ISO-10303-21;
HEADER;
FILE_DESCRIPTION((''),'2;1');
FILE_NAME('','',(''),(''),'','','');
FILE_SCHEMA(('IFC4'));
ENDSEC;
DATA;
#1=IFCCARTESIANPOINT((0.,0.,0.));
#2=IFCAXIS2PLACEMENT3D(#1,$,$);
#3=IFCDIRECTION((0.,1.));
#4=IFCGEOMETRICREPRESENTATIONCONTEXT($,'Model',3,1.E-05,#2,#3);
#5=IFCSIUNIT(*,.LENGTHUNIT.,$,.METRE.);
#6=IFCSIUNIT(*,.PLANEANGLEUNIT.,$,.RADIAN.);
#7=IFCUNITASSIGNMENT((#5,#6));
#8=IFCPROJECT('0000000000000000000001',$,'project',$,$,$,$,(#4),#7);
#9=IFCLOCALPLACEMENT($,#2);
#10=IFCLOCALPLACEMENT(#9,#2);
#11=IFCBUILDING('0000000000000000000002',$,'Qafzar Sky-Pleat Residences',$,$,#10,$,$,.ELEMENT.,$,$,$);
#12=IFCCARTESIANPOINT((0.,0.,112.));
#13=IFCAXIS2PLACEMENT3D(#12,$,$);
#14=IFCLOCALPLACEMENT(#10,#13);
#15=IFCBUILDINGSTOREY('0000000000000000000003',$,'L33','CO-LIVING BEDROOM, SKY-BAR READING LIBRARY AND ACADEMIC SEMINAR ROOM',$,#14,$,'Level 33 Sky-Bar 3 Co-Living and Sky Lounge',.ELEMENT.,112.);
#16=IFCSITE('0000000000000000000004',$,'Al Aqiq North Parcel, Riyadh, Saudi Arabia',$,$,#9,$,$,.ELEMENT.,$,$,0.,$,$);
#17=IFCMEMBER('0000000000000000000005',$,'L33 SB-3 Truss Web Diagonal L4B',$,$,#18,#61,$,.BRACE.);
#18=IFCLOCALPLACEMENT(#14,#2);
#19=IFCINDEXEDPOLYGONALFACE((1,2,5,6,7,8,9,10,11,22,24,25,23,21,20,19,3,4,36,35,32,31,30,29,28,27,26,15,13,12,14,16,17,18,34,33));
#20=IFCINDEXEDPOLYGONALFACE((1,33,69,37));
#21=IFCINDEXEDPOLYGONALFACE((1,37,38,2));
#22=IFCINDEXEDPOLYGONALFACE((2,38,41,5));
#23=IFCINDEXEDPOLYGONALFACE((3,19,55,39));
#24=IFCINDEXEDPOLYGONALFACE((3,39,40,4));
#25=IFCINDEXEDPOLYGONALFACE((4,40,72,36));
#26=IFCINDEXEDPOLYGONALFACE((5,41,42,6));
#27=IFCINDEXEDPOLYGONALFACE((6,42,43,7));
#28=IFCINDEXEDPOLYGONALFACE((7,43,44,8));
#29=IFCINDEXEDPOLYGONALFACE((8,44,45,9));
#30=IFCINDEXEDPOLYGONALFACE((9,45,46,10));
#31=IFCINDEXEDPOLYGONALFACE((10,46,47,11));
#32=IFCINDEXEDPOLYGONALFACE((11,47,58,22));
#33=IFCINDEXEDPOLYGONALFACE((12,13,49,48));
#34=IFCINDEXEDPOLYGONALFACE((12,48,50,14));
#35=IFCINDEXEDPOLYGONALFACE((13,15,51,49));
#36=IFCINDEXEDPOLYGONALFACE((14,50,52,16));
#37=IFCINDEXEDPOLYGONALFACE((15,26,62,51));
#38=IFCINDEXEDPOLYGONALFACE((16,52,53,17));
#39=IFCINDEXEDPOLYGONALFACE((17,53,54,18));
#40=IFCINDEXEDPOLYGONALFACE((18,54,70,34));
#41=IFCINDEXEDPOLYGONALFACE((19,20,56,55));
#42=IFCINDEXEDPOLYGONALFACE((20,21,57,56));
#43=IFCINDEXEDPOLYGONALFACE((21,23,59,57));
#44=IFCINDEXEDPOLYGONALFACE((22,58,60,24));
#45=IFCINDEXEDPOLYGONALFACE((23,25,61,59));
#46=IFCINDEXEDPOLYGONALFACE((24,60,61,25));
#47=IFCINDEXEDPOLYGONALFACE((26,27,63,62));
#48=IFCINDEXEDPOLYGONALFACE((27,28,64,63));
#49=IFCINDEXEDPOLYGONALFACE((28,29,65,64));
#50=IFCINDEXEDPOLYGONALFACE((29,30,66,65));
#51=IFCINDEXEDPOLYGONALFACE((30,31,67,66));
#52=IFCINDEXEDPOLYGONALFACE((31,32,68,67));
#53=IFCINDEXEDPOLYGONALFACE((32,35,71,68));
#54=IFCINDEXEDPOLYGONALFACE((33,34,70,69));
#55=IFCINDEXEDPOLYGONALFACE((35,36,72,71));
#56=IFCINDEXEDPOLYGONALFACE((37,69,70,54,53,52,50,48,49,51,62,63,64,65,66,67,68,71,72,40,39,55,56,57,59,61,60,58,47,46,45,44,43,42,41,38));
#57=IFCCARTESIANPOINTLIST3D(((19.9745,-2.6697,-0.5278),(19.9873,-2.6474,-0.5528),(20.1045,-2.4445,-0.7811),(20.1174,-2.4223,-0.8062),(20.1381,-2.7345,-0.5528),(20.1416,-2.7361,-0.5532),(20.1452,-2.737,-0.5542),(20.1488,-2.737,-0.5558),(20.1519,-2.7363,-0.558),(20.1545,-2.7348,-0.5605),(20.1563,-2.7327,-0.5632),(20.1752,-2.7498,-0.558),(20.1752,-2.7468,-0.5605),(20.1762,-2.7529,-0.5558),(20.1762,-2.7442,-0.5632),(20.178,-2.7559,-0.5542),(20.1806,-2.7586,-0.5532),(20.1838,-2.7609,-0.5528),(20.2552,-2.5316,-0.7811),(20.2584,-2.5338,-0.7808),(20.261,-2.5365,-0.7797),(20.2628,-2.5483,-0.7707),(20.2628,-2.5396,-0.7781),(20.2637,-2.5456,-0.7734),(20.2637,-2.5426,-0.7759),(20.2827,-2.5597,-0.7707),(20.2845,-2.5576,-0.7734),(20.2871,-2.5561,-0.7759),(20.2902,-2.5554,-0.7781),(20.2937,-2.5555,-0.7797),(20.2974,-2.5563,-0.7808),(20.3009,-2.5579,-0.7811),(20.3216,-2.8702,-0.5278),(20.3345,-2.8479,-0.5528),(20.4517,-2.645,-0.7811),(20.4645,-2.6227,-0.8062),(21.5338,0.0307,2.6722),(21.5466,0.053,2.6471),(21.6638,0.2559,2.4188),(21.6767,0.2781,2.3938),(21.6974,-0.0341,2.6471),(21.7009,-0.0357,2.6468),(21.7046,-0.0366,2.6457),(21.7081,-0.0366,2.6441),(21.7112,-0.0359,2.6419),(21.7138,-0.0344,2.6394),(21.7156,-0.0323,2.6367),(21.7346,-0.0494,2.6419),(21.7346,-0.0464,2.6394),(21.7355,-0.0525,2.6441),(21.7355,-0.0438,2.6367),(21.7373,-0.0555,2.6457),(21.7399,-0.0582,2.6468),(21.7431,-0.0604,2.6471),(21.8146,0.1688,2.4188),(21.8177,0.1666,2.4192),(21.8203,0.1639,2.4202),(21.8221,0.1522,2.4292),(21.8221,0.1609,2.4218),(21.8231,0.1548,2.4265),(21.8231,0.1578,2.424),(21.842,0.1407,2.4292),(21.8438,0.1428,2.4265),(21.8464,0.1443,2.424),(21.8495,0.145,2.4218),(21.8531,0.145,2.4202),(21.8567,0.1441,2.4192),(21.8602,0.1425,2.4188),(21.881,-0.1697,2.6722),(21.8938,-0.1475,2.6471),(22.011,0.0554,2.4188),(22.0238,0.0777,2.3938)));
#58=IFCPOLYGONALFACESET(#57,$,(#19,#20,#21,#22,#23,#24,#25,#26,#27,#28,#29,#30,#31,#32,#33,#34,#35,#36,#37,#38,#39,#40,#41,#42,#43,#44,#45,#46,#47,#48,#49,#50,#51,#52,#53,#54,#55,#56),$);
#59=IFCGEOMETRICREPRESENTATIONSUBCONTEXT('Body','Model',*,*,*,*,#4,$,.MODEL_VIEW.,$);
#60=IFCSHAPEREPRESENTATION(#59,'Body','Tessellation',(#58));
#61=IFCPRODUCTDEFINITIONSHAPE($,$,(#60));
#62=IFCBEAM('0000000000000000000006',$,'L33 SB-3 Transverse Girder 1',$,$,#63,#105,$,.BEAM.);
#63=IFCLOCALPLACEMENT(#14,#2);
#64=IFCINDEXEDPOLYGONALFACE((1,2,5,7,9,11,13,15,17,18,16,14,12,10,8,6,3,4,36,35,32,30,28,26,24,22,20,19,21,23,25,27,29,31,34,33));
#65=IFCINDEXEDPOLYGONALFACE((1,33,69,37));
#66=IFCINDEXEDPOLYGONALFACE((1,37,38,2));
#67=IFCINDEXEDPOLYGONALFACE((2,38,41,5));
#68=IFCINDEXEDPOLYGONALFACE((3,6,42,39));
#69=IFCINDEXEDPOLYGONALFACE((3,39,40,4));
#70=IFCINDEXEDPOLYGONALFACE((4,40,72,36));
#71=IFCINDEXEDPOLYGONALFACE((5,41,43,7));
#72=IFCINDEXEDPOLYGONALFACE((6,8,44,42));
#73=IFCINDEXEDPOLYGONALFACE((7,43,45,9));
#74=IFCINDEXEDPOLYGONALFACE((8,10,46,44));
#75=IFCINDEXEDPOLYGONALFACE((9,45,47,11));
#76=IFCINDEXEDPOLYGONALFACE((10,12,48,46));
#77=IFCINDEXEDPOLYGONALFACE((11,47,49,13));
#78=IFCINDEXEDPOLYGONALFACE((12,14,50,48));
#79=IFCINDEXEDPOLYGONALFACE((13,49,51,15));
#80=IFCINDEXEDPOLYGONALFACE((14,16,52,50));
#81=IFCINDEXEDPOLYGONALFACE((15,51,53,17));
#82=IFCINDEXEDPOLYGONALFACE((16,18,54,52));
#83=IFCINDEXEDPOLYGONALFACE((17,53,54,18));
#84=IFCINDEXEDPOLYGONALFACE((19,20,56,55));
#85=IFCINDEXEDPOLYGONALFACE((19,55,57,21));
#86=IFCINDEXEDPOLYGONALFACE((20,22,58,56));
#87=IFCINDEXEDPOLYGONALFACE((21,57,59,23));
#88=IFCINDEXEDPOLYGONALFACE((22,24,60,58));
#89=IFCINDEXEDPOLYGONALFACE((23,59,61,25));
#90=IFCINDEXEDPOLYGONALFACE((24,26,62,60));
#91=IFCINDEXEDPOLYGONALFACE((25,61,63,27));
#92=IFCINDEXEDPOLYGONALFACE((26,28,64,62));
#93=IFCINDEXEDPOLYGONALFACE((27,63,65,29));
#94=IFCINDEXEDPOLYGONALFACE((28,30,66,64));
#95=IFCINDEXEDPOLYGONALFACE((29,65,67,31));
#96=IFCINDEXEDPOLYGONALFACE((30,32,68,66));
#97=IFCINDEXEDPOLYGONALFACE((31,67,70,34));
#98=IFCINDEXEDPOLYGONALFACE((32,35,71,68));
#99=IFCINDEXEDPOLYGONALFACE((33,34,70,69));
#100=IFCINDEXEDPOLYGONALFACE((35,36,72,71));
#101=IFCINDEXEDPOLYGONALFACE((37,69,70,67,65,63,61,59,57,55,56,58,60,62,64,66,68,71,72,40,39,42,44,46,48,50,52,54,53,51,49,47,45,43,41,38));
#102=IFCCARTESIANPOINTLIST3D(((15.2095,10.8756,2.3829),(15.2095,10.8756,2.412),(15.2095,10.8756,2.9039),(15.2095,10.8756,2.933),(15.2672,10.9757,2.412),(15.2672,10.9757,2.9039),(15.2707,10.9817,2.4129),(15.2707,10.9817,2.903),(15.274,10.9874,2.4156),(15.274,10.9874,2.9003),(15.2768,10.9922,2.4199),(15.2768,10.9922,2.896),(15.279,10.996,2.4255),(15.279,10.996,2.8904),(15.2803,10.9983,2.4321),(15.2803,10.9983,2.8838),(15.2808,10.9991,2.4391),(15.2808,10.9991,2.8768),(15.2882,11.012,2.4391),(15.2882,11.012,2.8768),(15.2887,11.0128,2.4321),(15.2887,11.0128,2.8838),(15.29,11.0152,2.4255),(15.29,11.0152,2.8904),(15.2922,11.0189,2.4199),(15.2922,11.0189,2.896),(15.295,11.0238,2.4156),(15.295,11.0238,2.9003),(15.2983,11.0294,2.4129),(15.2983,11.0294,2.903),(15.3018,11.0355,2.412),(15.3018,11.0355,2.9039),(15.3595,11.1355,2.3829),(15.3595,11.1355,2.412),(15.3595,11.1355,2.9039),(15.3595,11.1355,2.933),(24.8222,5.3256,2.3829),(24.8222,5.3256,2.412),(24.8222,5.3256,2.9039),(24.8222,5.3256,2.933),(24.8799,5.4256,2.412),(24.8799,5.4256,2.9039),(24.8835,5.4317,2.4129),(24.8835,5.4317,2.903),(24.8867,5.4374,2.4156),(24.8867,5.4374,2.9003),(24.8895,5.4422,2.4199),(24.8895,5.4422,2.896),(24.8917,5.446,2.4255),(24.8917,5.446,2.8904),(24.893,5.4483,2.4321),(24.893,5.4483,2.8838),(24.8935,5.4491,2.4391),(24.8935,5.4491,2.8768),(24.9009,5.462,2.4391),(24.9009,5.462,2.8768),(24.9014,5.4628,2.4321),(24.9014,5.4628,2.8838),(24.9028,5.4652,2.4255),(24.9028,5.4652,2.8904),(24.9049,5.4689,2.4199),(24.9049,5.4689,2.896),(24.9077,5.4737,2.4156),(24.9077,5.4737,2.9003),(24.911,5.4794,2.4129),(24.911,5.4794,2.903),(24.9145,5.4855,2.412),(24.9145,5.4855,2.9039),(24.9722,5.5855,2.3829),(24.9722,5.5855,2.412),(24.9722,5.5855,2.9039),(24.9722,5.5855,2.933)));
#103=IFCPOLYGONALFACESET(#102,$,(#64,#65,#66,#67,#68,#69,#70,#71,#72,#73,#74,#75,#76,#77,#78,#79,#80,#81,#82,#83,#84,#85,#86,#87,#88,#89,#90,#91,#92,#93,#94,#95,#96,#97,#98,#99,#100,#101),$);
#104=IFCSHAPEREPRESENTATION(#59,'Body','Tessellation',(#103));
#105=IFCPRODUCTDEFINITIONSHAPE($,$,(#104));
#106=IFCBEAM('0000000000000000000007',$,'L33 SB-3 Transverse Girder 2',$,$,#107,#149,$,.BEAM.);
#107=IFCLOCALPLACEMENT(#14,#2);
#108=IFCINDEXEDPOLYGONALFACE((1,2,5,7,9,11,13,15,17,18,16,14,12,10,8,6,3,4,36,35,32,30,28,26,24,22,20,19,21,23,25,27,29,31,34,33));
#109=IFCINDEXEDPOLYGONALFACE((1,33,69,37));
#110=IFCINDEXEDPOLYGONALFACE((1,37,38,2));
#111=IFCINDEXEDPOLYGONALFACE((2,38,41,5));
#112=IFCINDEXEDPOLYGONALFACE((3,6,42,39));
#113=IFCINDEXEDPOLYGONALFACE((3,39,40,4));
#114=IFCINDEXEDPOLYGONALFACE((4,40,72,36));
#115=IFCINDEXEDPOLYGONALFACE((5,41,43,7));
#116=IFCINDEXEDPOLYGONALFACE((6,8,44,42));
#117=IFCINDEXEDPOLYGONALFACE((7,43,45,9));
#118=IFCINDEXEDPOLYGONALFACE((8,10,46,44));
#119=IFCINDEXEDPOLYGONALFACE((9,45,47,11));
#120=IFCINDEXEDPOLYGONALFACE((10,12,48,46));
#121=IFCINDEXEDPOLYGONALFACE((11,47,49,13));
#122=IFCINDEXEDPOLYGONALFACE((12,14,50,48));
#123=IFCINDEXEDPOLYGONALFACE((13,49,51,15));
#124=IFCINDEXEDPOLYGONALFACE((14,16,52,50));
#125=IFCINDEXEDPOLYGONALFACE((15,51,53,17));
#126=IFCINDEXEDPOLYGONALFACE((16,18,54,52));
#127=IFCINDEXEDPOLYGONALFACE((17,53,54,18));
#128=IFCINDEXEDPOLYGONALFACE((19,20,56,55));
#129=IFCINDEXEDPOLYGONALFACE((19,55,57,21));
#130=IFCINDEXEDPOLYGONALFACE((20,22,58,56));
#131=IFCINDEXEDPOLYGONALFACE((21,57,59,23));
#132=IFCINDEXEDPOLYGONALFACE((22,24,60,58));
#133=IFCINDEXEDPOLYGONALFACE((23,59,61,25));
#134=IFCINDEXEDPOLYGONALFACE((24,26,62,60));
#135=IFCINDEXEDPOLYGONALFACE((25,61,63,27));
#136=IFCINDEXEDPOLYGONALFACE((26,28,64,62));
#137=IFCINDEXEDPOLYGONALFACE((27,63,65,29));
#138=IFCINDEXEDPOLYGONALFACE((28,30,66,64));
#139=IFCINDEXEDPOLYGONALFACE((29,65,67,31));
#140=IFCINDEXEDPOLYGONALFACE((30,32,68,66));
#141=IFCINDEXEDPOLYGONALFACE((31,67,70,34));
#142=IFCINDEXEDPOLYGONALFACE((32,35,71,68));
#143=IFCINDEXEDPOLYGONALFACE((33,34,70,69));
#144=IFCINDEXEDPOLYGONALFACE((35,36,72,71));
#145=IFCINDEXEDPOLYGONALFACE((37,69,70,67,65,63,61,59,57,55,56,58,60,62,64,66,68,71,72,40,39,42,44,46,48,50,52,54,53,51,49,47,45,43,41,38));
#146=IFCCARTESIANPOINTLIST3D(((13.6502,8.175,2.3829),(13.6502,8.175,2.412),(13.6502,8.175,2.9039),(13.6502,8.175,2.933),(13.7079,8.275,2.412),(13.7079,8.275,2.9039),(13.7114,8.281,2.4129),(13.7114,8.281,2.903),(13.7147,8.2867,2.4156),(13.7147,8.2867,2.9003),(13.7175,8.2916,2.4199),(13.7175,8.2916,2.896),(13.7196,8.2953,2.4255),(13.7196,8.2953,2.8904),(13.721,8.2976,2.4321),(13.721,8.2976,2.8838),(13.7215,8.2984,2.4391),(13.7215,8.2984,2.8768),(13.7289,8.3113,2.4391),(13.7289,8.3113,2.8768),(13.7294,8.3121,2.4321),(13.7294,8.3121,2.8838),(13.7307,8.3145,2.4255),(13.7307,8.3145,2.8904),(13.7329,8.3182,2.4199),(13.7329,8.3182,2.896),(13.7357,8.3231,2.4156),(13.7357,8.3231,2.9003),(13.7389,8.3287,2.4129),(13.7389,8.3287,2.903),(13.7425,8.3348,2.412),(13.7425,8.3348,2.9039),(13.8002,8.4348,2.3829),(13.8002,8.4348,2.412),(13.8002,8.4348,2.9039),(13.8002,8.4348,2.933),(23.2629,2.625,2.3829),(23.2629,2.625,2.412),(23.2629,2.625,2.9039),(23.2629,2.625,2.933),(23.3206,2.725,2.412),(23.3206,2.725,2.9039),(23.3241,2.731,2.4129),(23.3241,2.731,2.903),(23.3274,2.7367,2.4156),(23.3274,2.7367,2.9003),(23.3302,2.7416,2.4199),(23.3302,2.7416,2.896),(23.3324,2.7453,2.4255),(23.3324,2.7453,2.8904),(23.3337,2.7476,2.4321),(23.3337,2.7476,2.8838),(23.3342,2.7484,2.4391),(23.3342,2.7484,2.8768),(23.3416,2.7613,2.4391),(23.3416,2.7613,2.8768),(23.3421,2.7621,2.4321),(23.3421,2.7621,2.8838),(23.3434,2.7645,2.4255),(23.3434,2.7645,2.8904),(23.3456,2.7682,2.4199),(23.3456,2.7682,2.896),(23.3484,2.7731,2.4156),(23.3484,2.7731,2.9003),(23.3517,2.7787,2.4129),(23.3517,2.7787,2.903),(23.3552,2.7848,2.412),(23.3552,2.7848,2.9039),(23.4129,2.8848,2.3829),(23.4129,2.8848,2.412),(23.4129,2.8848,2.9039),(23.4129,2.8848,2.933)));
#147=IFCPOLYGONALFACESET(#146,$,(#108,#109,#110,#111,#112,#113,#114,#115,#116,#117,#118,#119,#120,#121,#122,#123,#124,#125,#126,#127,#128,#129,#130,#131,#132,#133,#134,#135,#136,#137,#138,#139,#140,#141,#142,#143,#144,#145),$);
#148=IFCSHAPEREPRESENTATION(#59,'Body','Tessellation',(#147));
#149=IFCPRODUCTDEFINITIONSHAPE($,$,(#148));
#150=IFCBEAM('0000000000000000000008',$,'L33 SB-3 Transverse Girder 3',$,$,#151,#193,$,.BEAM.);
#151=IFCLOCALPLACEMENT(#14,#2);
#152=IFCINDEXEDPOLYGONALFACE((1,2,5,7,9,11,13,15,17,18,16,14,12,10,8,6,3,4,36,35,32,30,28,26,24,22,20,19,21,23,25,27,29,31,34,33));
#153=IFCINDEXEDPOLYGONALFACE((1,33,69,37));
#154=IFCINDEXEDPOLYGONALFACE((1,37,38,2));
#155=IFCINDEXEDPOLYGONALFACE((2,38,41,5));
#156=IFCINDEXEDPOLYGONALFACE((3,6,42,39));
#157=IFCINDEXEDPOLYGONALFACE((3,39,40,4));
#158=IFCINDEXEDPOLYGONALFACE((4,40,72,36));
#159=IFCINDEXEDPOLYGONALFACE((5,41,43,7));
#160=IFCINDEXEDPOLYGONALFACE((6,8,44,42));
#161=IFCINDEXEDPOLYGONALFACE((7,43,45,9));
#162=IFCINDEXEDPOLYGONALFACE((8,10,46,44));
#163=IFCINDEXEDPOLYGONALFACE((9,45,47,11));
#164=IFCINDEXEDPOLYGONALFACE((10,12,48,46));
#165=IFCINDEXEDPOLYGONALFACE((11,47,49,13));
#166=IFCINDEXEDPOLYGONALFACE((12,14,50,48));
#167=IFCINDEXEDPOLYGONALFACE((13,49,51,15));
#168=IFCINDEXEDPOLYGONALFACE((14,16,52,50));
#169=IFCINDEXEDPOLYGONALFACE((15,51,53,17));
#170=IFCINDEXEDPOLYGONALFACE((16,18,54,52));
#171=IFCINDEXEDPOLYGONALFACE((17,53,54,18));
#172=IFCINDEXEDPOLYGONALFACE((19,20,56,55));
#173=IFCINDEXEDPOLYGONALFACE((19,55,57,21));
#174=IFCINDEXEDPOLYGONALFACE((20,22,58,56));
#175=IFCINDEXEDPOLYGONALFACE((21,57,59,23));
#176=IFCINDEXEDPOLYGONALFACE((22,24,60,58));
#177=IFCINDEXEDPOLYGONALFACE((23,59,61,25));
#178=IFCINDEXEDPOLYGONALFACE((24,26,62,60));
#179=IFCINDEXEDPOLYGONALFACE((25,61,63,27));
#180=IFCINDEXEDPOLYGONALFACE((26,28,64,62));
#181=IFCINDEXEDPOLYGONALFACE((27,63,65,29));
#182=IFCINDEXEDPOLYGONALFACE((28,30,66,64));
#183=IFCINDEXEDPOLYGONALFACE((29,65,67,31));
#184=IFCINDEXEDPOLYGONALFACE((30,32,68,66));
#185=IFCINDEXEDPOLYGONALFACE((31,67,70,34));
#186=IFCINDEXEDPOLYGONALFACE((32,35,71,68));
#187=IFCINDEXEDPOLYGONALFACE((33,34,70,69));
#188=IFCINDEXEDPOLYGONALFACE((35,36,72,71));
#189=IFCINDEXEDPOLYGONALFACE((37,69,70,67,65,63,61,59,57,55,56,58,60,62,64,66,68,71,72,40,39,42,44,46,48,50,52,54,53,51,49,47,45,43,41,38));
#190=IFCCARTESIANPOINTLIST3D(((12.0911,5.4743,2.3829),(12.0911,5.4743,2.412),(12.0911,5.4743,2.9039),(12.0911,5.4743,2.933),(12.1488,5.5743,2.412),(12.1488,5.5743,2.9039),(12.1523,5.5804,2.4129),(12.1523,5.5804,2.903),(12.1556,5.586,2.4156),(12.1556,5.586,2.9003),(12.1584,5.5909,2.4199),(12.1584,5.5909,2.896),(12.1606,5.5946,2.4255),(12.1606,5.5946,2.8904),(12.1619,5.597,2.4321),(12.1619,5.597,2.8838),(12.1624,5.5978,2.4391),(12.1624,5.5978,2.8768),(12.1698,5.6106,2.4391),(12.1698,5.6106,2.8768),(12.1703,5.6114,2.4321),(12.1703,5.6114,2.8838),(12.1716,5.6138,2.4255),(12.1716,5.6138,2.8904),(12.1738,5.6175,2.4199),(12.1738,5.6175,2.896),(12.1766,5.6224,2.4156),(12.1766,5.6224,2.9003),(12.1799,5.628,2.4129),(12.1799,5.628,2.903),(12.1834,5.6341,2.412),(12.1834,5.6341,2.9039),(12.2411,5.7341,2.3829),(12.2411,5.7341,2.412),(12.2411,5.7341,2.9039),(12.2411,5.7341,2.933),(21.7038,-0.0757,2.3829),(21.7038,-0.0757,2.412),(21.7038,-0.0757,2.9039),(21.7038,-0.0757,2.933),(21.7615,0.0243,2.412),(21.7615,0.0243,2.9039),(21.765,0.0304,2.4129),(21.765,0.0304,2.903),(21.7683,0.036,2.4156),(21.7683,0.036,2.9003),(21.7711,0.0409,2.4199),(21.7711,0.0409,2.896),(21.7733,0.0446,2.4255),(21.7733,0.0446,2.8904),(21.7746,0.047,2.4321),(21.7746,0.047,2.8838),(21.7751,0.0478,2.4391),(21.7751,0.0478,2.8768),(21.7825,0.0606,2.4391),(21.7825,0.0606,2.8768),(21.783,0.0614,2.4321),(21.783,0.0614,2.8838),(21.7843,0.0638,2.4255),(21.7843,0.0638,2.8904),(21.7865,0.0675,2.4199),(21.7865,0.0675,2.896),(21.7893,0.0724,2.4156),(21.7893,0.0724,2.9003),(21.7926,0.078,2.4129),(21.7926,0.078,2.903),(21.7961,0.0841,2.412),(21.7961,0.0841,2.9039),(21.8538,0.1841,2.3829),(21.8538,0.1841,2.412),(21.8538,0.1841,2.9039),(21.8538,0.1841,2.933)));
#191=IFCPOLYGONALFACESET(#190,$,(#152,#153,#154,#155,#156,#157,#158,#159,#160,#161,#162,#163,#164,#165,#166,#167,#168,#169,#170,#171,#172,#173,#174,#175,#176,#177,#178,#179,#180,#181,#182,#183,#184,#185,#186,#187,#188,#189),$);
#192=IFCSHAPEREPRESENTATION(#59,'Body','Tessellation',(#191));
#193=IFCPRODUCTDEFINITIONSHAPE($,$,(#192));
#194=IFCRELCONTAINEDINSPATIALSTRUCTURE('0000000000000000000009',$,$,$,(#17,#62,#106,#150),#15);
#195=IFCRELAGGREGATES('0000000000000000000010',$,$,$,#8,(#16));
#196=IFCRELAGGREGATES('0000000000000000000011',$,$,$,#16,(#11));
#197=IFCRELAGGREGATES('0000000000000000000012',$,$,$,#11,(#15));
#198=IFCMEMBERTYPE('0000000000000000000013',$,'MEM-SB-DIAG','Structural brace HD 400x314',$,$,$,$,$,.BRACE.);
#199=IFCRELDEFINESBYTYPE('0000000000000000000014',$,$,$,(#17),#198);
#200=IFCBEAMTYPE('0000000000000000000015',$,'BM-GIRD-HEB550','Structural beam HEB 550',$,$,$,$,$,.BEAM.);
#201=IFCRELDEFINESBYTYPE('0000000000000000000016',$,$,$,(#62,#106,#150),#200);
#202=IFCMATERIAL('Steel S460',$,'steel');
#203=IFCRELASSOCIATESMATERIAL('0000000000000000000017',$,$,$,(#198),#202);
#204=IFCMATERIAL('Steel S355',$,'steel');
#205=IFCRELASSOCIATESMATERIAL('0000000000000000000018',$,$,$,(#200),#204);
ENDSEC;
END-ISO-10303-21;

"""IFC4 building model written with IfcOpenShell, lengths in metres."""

from ifc_helpers import new_model, si_unit, direction, frame, origin, origin_2d, place, context, subcontext, project, spatial, i_section, extrude, source, transform, mapped, material, material_profile, profile_set, type_object, element, save


model = new_model("IFC4")

# Units and contexts
model_context = context("Model", 3, precision=1e-05, world=origin(), true_north=direction((0.0, 1.0)))
body_context = subcontext(model_context, "Body", "Model", "MODEL_VIEW")
ifc_project = project(units=[si_unit("LENGTHUNIT", "METRE"), si_unit("PLANEANGLEUNIT", "RADIAN")], contexts=[model_context])

# Site, building, storey
site_placement = place(None, origin())
site = spatial("IfcSite", under=ifc_project, at=site_placement, Name="Al Aqiq North Parcel, Riyadh, Saudi Arabia", CompositionType="ELEMENT", RefElevation=0.0)
building_placement = place(site_placement, origin())
building = spatial("IfcBuilding", under=site, at=building_placement, Name="Qafzar Sky-Pleat Residences", CompositionType="ELEMENT")
storey_placement = place(building_placement, frame((0.0, 0.0, 112.0)))
storey = spatial("IfcBuildingStorey", under=building, at=storey_placement, Name="L33", Description="CO-LIVING BEDROOM, SKY-BAR READING LIBRARY AND ACADEMIC SEMINAR ROOM", LongName="Level 33 Sky-Bar 3 Co-Living and Sky Lounge", CompositionType="ELEMENT", Elevation=112.0)

# Shared definitions
ifc_material_1 = material(Name="Steel S460", Category="steel")

# Shared definitions
ifc_material_2 = material(Name="Steel S355", Category="steel")

# Member
ifc_material_profile_1 = material_profile(ifc_material_1, i_section(OverallWidth=0.4009, OverallDepth=0.3989, WebThickness=0.0229, FlangeThickness=0.0359, FilletRadius=0.0149, at=origin_2d()), Name="HD 400x314")
ifc_profile_set_1 = profile_set([ifc_material_profile_1], Name="Steel S460")
member_type = type_object("IfcMemberType", Name="MEM-SB-DIAG", Description="Structural brace HD 400x314", PredefinedType="BRACE", material=ifc_profile_set_1)
shared_shape_1 = source(origin(), body_context, "Body", "SweptSolid", [
    extrude(i_section(OverallWidth=0.4009, OverallDepth=0.3989, WebThickness=0.0229, FlangeThickness=0.0359, FilletRadius=0.0149, at=origin_2d()), origin(), (0.0, 0.0, 1.0), 4.468),
])
for number, where, z_axis, x_axis, name in (
    (1, (21.7788, 0.0542, 2.533), (-0.348994, -0.604387, -0.716184), (0.865994, -0.500055, 0.0), "L33 SB-3 Truss Web Diagonal L4B"),
):
    element("IfcMember", number, at=place(storey_placement, frame(where, z_axis=z_axis, x_axis=x_axis)), inside=storey, type_object=member_type, Name=name, PredefinedType="BRACE", context=body_context, shape_type="MappedRepresentation", body=[
        mapped(shared_shape_1, transform((0.0, 0.0, 0.0), x_axis=(1.0, 0.0, 0.0), y_axis=(0.0, 1.0, 0.0), z_axis=(0.0, 0.0, 1.0), scale=1.0)),
    ])

# Beams
ifc_material_profile_2 = material_profile(ifc_material_2, i_section(OverallWidth=0.3, OverallDepth=0.55, WebThickness=0.0149, FlangeThickness=0.0291, FilletRadius=0.0271, at=origin_2d()), Name="HEB 550")
ifc_profile_set_2 = profile_set([ifc_material_profile_2], Name="Steel S355")
beam_type_1 = type_object("IfcBeamType", Name="BM-GIRD-HEB550", Description="Structural beam HEB 550", PredefinedType="BEAM", material=ifc_profile_set_2)
shared_shape_2 = source(origin(), body_context, "Body", "SweptSolid", [
    extrude(i_section(OverallWidth=0.3, OverallDepth=0.55, WebThickness=0.0149, FlangeThickness=0.0291, FilletRadius=0.0271, at=origin_2d()), origin(), (0.0, 0.0, 1.0), 11.0999),
])
for number, where, z_axis, x_axis, name in (
    (2, (24.8972, 5.4556, 2.658), (-0.866021, 0.500007, 0.0), (-0.500007, -0.866021, 0.0), "L33 SB-3 Transverse Girder 1"),
    (3, (23.3379, 2.7549, 2.658), (-0.866021, 0.500007, 0.0), (-0.500007, -0.866021, 0.0), "L33 SB-3 Transverse Girder 2"),
    (4, (21.7788, 0.0542, 2.658), (-0.866021, 0.500007, 0.0), (-0.500007, -0.866021, 0.0), "L33 SB-3 Transverse Girder 3"),
):
    element("IfcBeam", number, at=place(storey_placement, frame(where, z_axis=z_axis, x_axis=x_axis)), inside=storey, type_object=beam_type_1, Name=name, PredefinedType="BEAM", context=body_context, shape_type="MappedRepresentation", body=[
        mapped(shared_shape_2, transform((0.0, 0.0, 0.0), x_axis=(1.0, 0.0, 0.0), y_axis=(0.0, 1.0, 0.0), z_axis=(0.0, 0.0, 1.0), scale=1.0)),
    ])

save(model, "model.ifc")
